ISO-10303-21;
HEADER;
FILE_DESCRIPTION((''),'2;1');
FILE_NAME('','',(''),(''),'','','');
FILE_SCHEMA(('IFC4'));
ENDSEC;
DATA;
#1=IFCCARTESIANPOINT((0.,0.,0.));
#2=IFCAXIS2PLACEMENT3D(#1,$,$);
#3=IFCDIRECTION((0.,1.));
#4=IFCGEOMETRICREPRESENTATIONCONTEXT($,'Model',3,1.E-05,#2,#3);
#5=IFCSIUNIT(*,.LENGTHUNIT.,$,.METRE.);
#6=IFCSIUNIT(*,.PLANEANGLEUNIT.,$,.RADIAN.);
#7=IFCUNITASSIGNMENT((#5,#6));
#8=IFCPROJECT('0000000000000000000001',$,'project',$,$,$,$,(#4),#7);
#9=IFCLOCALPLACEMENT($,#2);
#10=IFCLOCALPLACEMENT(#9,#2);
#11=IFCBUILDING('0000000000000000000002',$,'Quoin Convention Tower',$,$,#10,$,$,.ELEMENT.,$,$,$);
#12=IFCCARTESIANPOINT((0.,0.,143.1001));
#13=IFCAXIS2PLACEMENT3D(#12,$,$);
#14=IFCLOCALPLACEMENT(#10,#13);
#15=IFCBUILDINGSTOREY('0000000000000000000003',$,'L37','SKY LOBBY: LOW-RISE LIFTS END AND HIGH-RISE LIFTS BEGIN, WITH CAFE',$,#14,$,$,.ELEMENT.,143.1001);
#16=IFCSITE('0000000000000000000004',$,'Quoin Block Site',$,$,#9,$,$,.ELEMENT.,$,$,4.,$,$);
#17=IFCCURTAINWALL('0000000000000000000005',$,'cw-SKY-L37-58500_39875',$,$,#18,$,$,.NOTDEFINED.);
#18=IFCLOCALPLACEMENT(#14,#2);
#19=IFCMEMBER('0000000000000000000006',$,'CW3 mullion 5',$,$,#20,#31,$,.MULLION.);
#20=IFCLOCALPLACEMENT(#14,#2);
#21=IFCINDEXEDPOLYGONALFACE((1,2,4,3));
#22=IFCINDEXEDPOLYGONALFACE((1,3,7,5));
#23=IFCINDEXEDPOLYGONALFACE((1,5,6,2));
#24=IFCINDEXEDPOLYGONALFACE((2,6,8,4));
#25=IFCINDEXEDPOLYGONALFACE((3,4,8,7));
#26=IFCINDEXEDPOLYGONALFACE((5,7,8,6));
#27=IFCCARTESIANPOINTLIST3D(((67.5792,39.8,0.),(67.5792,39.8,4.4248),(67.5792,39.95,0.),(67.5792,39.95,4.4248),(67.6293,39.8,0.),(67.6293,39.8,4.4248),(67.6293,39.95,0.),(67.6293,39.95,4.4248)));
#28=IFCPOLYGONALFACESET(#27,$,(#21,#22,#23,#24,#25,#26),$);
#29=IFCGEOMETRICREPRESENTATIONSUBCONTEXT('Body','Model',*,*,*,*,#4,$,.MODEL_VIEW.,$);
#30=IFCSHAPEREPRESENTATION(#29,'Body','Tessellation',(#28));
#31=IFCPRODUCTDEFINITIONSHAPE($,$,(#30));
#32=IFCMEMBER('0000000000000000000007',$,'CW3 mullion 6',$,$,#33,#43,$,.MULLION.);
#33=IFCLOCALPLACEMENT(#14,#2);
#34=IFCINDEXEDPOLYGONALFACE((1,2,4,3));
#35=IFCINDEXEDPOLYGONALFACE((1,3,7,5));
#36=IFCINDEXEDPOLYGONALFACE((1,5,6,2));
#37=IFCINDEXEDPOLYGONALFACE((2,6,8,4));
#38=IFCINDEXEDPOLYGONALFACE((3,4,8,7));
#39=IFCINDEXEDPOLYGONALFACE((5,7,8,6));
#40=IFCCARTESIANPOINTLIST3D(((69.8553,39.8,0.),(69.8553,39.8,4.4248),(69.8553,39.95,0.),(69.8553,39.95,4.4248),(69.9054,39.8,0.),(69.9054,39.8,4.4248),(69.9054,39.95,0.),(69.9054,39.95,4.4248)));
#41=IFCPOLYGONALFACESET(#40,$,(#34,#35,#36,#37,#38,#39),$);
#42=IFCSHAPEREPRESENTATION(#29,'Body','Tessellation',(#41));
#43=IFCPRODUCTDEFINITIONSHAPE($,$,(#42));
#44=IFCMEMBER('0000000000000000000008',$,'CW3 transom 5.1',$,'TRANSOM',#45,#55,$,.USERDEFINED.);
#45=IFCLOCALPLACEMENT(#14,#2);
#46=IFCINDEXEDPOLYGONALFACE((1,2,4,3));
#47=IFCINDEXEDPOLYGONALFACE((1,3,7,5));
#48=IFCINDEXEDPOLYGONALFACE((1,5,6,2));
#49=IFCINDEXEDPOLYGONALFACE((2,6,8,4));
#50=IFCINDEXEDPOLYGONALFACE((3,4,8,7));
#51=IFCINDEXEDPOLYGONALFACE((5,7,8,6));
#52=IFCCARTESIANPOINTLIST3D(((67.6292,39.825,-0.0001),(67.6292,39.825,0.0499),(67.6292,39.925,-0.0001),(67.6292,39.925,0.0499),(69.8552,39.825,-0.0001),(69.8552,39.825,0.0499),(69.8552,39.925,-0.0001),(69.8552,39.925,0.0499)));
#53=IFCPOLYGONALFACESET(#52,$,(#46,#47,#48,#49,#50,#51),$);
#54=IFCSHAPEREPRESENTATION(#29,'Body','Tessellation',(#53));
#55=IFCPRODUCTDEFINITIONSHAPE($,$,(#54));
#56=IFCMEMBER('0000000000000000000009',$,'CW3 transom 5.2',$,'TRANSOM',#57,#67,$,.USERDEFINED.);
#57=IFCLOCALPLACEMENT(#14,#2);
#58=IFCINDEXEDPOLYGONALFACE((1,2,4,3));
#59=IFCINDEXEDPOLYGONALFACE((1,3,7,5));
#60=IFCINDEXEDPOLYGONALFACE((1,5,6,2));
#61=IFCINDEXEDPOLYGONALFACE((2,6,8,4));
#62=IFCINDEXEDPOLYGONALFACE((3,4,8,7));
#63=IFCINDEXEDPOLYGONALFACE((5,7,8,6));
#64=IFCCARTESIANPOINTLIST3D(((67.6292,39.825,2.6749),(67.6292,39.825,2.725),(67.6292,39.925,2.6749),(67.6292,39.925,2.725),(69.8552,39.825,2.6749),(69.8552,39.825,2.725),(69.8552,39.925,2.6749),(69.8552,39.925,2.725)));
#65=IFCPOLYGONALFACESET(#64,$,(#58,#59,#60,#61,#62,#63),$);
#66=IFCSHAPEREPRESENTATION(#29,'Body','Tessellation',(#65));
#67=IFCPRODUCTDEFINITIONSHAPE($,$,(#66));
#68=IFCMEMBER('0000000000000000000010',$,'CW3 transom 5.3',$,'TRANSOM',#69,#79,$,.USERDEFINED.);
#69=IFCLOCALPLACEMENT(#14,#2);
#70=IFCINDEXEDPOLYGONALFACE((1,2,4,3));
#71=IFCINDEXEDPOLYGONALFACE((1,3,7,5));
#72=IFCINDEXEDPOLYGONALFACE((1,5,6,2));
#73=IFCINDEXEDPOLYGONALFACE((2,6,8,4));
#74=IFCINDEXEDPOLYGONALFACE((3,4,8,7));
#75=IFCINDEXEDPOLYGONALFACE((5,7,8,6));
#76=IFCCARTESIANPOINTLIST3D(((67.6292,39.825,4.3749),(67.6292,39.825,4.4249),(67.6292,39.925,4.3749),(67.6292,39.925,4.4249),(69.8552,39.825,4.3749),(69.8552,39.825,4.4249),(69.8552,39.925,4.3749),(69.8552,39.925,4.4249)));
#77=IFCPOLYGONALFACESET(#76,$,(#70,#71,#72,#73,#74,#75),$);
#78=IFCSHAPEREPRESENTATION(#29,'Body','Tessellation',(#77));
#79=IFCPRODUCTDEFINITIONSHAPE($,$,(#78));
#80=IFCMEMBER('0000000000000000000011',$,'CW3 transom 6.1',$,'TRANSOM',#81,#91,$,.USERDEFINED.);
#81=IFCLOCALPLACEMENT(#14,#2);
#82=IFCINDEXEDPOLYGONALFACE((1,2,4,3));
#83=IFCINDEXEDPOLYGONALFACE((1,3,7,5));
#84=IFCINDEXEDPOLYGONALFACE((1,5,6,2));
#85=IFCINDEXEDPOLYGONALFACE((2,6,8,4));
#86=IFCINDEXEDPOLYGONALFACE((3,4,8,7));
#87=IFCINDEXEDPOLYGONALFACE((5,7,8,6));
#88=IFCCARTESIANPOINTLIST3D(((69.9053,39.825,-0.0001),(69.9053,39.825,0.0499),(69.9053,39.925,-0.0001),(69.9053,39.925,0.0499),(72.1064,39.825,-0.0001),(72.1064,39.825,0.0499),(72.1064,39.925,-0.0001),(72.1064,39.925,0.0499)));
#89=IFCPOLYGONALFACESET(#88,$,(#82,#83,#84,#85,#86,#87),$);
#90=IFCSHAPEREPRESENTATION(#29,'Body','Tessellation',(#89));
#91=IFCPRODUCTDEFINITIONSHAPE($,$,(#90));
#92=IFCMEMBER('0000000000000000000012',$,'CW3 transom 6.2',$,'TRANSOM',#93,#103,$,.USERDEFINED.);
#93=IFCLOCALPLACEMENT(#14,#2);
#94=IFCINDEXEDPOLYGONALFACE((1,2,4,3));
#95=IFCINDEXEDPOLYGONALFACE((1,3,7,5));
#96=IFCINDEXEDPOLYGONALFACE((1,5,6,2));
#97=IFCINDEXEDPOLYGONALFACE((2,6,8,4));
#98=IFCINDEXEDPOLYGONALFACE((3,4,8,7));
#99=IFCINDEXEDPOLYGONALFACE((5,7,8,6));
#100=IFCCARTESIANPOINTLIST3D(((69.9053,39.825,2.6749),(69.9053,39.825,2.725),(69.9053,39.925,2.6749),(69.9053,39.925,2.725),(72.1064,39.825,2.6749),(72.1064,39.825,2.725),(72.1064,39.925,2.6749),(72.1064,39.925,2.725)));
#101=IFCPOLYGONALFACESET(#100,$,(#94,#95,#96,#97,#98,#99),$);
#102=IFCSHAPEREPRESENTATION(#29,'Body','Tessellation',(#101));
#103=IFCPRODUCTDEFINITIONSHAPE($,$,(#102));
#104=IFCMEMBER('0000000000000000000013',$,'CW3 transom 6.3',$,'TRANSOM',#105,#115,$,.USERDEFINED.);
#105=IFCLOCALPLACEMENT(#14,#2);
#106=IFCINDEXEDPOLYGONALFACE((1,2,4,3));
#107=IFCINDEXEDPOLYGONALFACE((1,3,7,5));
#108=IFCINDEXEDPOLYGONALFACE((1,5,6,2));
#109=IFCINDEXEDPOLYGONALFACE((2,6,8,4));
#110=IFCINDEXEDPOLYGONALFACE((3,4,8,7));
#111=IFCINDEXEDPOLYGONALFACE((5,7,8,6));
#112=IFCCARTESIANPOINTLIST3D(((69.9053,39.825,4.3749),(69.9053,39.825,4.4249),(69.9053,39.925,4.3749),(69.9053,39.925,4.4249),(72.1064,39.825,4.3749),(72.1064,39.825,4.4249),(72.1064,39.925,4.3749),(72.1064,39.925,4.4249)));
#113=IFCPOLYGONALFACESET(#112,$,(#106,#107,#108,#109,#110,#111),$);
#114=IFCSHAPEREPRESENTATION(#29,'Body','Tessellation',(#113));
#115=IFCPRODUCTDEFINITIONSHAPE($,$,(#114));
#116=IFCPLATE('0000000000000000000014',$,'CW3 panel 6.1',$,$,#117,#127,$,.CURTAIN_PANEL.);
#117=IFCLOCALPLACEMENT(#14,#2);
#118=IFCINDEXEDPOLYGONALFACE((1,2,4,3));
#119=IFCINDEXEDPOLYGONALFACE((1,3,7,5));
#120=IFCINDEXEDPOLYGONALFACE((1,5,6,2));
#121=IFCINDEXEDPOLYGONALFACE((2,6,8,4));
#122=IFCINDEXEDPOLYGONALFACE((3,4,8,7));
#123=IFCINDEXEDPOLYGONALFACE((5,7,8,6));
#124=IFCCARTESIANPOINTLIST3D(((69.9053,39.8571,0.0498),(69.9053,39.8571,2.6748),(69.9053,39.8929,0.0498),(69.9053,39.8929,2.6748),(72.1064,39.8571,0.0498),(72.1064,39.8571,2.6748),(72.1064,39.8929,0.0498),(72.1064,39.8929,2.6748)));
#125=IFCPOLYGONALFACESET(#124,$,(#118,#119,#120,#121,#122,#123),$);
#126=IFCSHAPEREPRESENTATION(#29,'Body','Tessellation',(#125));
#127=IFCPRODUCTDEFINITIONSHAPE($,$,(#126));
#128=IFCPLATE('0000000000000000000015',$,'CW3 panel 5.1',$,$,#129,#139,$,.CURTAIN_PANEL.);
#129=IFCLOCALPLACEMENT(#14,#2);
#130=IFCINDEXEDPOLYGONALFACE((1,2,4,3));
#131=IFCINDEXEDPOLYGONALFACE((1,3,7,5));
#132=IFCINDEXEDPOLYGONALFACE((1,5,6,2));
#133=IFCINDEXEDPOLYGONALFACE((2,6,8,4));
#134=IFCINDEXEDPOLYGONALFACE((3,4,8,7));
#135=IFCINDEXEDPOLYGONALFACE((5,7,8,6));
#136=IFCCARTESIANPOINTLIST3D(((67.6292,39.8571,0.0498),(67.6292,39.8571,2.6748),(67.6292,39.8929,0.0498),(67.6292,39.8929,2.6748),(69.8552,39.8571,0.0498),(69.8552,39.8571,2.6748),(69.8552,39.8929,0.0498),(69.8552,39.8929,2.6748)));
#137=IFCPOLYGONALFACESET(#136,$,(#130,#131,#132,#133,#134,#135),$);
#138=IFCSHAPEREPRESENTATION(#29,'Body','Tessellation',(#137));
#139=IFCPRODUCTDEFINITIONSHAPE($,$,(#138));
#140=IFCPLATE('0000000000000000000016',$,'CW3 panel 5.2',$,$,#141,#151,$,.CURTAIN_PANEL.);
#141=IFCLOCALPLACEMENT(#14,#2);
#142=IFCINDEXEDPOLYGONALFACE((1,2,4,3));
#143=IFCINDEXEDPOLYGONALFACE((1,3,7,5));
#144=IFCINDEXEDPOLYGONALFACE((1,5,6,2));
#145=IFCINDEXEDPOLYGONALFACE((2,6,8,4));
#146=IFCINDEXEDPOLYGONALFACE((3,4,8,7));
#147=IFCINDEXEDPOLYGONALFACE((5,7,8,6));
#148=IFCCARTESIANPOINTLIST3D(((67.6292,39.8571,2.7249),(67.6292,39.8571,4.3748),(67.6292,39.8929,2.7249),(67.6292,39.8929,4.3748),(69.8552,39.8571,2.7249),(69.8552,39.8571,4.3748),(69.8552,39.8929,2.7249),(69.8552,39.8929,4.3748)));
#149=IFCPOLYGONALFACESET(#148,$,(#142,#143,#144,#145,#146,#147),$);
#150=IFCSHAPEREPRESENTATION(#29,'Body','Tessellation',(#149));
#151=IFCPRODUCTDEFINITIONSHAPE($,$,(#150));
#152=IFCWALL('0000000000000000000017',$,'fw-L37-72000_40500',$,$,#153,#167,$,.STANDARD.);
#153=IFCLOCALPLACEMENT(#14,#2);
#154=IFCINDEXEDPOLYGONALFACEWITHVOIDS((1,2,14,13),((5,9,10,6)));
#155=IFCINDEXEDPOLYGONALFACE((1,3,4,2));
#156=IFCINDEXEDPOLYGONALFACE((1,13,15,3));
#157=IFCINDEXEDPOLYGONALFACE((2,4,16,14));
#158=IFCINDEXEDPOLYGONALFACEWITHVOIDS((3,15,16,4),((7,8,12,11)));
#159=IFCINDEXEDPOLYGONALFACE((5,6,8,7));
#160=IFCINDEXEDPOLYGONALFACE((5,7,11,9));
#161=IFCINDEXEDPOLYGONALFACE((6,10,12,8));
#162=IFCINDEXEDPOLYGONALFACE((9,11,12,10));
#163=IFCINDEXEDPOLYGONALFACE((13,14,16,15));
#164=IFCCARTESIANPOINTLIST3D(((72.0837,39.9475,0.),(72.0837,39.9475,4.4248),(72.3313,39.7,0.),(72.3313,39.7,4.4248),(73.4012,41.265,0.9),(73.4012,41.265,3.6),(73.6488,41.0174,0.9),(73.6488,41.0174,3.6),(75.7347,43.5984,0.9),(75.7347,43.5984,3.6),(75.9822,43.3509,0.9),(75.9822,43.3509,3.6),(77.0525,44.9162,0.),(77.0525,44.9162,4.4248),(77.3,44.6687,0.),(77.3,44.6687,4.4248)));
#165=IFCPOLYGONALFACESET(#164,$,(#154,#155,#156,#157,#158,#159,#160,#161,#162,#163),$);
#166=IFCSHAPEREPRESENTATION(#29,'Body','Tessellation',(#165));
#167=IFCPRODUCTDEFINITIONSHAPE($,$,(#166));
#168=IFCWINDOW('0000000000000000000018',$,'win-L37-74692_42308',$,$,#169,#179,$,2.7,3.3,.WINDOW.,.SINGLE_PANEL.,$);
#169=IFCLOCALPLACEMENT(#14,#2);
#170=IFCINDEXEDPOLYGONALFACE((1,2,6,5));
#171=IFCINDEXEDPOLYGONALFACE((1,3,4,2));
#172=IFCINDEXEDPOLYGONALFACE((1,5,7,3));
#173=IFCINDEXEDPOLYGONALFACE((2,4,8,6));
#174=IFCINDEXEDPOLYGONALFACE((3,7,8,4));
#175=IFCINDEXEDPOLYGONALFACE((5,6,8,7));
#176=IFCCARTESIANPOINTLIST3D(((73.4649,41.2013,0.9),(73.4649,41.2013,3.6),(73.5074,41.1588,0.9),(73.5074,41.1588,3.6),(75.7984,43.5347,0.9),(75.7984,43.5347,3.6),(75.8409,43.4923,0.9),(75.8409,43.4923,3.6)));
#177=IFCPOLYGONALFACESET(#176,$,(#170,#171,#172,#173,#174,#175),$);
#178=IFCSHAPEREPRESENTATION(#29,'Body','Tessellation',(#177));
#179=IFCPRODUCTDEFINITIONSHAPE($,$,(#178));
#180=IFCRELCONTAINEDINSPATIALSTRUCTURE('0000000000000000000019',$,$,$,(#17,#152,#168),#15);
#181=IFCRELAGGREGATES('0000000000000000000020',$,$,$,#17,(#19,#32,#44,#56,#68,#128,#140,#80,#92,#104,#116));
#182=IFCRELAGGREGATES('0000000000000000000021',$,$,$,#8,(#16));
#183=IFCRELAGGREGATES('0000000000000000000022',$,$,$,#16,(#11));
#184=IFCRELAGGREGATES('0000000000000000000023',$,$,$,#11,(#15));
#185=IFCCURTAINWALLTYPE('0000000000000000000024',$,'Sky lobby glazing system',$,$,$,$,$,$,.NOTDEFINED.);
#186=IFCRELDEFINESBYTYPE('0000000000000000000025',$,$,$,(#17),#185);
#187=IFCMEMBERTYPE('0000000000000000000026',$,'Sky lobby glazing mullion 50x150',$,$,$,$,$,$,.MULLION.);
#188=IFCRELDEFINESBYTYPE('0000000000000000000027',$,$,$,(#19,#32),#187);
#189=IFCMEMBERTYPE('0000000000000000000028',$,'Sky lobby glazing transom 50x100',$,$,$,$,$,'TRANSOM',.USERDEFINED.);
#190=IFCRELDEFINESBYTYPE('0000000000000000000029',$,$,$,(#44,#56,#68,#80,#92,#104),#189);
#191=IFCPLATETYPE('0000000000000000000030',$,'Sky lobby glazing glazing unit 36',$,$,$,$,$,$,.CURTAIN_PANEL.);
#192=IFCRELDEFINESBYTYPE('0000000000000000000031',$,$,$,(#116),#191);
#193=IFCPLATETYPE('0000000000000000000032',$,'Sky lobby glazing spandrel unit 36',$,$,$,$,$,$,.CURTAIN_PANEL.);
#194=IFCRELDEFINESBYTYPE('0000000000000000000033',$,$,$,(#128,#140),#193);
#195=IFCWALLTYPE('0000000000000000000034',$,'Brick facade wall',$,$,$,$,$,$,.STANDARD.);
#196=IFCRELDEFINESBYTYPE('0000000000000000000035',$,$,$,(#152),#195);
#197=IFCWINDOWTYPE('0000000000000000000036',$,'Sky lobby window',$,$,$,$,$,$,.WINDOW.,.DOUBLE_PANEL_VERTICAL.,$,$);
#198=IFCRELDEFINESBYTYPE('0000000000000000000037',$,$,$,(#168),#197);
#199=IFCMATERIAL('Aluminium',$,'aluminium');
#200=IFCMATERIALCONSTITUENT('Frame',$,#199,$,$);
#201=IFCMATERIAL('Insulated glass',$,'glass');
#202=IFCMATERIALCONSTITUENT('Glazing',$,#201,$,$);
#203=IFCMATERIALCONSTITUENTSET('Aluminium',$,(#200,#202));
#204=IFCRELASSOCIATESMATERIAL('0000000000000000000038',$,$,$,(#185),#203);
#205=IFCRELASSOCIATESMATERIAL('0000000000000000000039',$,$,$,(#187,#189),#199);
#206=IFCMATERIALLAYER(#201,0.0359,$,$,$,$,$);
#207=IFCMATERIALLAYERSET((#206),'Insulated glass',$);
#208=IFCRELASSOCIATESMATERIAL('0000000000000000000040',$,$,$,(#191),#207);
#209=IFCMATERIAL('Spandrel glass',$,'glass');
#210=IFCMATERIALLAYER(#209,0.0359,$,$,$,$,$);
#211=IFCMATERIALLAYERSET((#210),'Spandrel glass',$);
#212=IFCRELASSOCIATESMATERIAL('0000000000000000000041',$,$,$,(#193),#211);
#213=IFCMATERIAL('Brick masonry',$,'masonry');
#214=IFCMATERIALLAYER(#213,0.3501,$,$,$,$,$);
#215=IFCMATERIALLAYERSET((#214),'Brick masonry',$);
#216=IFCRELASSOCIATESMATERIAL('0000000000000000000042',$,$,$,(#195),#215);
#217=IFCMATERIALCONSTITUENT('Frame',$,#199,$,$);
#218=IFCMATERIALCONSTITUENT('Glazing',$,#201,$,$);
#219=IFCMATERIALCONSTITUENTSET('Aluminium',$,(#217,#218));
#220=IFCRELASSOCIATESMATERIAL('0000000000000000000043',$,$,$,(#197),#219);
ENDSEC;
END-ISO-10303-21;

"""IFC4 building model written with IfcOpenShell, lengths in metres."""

from ifc_helpers import new_model, si_unit, direction, frame, frame_2d, origin, origin_2d, place, context, subcontext, project, spatial, rectangle, extrude, material, layer, layer_set, constituent, constituent_set, material_profile, profile_set, type_object, element, fill, aggregate, save


model = new_model("IFC4")

# Units and contexts
model_context = context("Model", 3, precision=1e-05, world=origin(), true_north=direction((0.0, 1.0)))
body_context = subcontext(model_context, "Body", "Model", "MODEL_VIEW")
ifc_project = project(units=[si_unit("LENGTHUNIT", "METRE"), si_unit("PLANEANGLEUNIT", "RADIAN")], contexts=[model_context])

# Site, building, storey
site_placement = place(None, origin())
site = spatial("IfcSite", under=ifc_project, at=site_placement, Name="Quoin Block Site", CompositionType="ELEMENT", RefElevation=4.0)
building_placement = place(site_placement, origin())
building = spatial("IfcBuilding", under=site, at=building_placement, Name="Quoin Convention Tower", CompositionType="ELEMENT")
storey_placement = place(building_placement, frame((0.0, 0.0, 143.1001)))
storey = spatial("IfcBuildingStorey", under=building, at=storey_placement, Name="L37", Description="SKY LOBBY: LOW-RISE LIFTS END AND HIGH-RISE LIFTS BEGIN, WITH CAFE", CompositionType="ELEMENT", Elevation=143.1001)

# Curtain wall, members, plates
ifc_material_1 = material(Name="Aluminium", Category="aluminium")
ifc_constituent_1 = constituent(ifc_material_1, Name="Frame")
ifc_material_2 = material(Name="Insulated glass", Category="glass")
ifc_constituent_2 = constituent(ifc_material_2, Name="Glazing")
ifc_constituent_set_1 = constituent_set(constituents=[ifc_constituent_1, ifc_constituent_2], Name="Aluminium")
curtain_wall_type = type_object("IfcCurtainWallType", Name="Sky lobby glazing system", PredefinedType="NOTDEFINED", material=ifc_constituent_set_1)
curtain_wall_placement = place(storey_placement, origin())
curtain_wall = element("IfcCurtainWall", 1, at=curtain_wall_placement, inside=storey, type_object=curtain_wall_type, Name="cw-SKY-L37-58500_39875", PredefinedType="NOTDEFINED")
ifc_material_profile_1 = material_profile(ifc_material_1, rectangle(XDim=0.1499, YDim=0.05, at=origin_2d()), Name="Sky lobby glazing mullion 50x150")
ifc_profile_set_1 = profile_set([ifc_material_profile_1], Name="Aluminium")
member_type_1 = type_object("IfcMemberType", Name="Sky lobby glazing mullion 50x150", PredefinedType="MULLION", material=ifc_profile_set_1)
member_1_placement = place(storey_placement, frame((67.6042, 39.875, 0.0), z_axis=(0.0, 0.0, 1.0), x_axis=(0.0, 1.0, 0.0)))
member_1 = element("IfcMember", 2, at=member_1_placement, type_object=member_type_1, Name="CW3 mullion 5", PredefinedType="MULLION", context=body_context, shape_type="SweptSolid", body=[
    extrude(rectangle(XDim=0.1499, YDim=0.05, at=origin_2d()), origin(), (0.0, 0.0, 1.0), 4.4248),
])
member_2_placement = place(storey_placement, frame((69.8804, 39.875, 0.0), z_axis=(0.0, 0.0, 1.0), x_axis=(0.0, 1.0, 0.0)))
member_2 = element("IfcMember", 3, at=member_2_placement, type_object=member_type_1, Name="CW3 mullion 6", PredefinedType="MULLION", context=body_context, shape_type="SweptSolid", body=[
    extrude(rectangle(XDim=0.1499, YDim=0.05, at=origin_2d()), origin(), (0.0, 0.0, 1.0), 4.4248),
])
ifc_material_profile_2 = material_profile(ifc_material_1, rectangle(XDim=0.1001, YDim=0.05, at=origin_2d()), Name="Sky lobby glazing transom 50x100")
ifc_profile_set_2 = profile_set([ifc_material_profile_2], Name="Aluminium")
member_type_2 = type_object("IfcMemberType", Name="Sky lobby glazing transom 50x100", ElementType="TRANSOM", PredefinedType="USERDEFINED", material=ifc_profile_set_2)
member_3_placement = place(storey_placement, frame((67.6292, 39.875, 0.0249), z_axis=(1.0, 0.0, 0.0), x_axis=(0.0, 1.0, 0.0)))
member_3 = element("IfcMember", 4, at=member_3_placement, type_object=member_type_2, Name="CW3 transom 5.1", ObjectType="TRANSOM", PredefinedType="USERDEFINED", context=body_context, shape_type="SweptSolid", body=[
    extrude(rectangle(XDim=0.1001, YDim=0.05, at=origin_2d()), origin(), (0.0, 0.0, 1.0), 2.2261),
])
member_4_placement = place(storey_placement, frame((67.6292, 39.875, 2.7), z_axis=(1.0, 0.0, 0.0), x_axis=(0.0, 1.0, 0.0)))
member_4 = element("IfcMember", 5, at=member_4_placement, type_object=member_type_2, Name="CW3 transom 5.2", ObjectType="TRANSOM", PredefinedType="USERDEFINED", context=body_context, shape_type="SweptSolid", body=[
    extrude(rectangle(XDim=0.1001, YDim=0.05, at=origin_2d()), origin(), (0.0, 0.0, 1.0), 2.2261),
])
member_5_placement = place(storey_placement, frame((67.6292, 39.875, 4.3999), z_axis=(1.0, 0.0, 0.0), x_axis=(0.0, 1.0, 0.0)))
member_5 = element("IfcMember", 6, at=member_5_placement, type_object=member_type_2, Name="CW3 transom 5.3", ObjectType="TRANSOM", PredefinedType="USERDEFINED", context=body_context, shape_type="SweptSolid", body=[
    extrude(rectangle(XDim=0.1001, YDim=0.05, at=origin_2d()), origin(), (0.0, 0.0, 1.0), 2.2261),
])
member_6_placement = place(storey_placement, frame((69.9053, 39.875, 0.0249), z_axis=(1.0, 0.0, 0.0), x_axis=(0.0, 1.0, 0.0)))
member_6 = element("IfcMember", 7, at=member_6_placement, type_object=member_type_2, Name="CW3 transom 6.1", ObjectType="TRANSOM", PredefinedType="USERDEFINED", context=body_context, shape_type="SweptSolid", body=[
    extrude(rectangle(XDim=0.1001, YDim=0.05, at=origin_2d()), origin(), (0.0, 0.0, 1.0), 2.2012),
])
member_7_placement = place(storey_placement, frame((69.9053, 39.875, 2.7), z_axis=(1.0, 0.0, 0.0), x_axis=(0.0, 1.0, 0.0)))
member_7 = element("IfcMember", 8, at=member_7_placement, type_object=member_type_2, Name="CW3 transom 6.2", ObjectType="TRANSOM", PredefinedType="USERDEFINED", context=body_context, shape_type="SweptSolid", body=[
    extrude(rectangle(XDim=0.1001, YDim=0.05, at=origin_2d()), origin(), (0.0, 0.0, 1.0), 2.2012),
])
member_8_placement = place(storey_placement, frame((69.9053, 39.875, 4.3999), z_axis=(1.0, 0.0, 0.0), x_axis=(0.0, 1.0, 0.0)))
member_8 = element("IfcMember", 9, at=member_8_placement, type_object=member_type_2, Name="CW3 transom 6.3", ObjectType="TRANSOM", PredefinedType="USERDEFINED", context=body_context, shape_type="SweptSolid", body=[
    extrude(rectangle(XDim=0.1001, YDim=0.05, at=origin_2d()), origin(), (0.0, 0.0, 1.0), 2.2012),
])
ifc_layer_1 = layer(ifc_material_2, 0.0359)
ifc_layer_set_1 = layer_set([ifc_layer_1], Name="Insulated glass")
plate_type_1 = type_object("IfcPlateType", Name="Sky lobby glazing glazing unit 36", PredefinedType="CURTAIN_PANEL", material=ifc_layer_set_1)
plate_1_placement = place(storey_placement, frame((71.0059, 39.875, 0.0498), z_axis=(0.0, 0.0, 1.0), x_axis=(1.0, 0.0, 0.0)))
plate_1 = element("IfcPlate", 10, at=plate_1_placement, type_object=plate_type_1, Name="CW3 panel 6.1", PredefinedType="CURTAIN_PANEL", context=body_context, shape_type="SweptSolid", body=[
    extrude(rectangle(XDim=2.2012, YDim=0.0359, at=origin_2d()), origin(), (0.0, 0.0, 1.0), 2.625),
])
ifc_material_3 = material(Name="Spandrel glass", Category="glass")
ifc_layer_2 = layer(ifc_material_3, 0.0359)
ifc_layer_set_2 = layer_set([ifc_layer_2], Name="Spandrel glass")
plate_type_2 = type_object("IfcPlateType", Name="Sky lobby glazing spandrel unit 36", PredefinedType="CURTAIN_PANEL", material=ifc_layer_set_2)
plate_2_placement = place(storey_placement, frame((68.7422, 39.875, 0.0498), z_axis=(0.0, 0.0, 1.0), x_axis=(1.0, 0.0, 0.0)))
plate_2 = element("IfcPlate", 11, at=plate_2_placement, type_object=plate_type_2, Name="CW3 panel 5.1", PredefinedType="CURTAIN_PANEL", context=body_context, shape_type="SweptSolid", body=[
    extrude(rectangle(XDim=2.2261, YDim=0.0359, at=origin_2d()), origin(), (0.0, 0.0, 1.0), 2.625),
])
plate_3_placement = place(storey_placement, frame((68.7422, 39.875, 2.7249), z_axis=(0.0, 0.0, 1.0), x_axis=(1.0, 0.0, 0.0)))
plate_3 = element("IfcPlate", 12, at=plate_3_placement, type_object=plate_type_2, Name="CW3 panel 5.2", PredefinedType="CURTAIN_PANEL", context=body_context, shape_type="SweptSolid", body=[
    extrude(rectangle(XDim=2.2261, YDim=0.0359, at=origin_2d()), origin(), (0.0, 0.0, 1.0), 1.6499),
])
aggregate(curtain_wall, [member_1, member_2, member_3, member_4, member_5, plate_2, plate_3, member_6, member_7, member_8, plate_1])

# Wall, opening, window
ifc_material_4 = material(Name="Brick masonry", Category="masonry")
ifc_layer_3 = layer(ifc_material_4, 0.3501)
ifc_layer_set_3 = layer_set([ifc_layer_3], Name="Brick masonry")
wall_type = type_object("IfcWallType", Name="Brick facade wall", PredefinedType="STANDARD", material=ifc_layer_set_3)
wall_placement = place(storey_placement, frame((72.2075, 39.8237, 0.0), z_axis=(0.0, 0.0, 1.0), x_axis=(0.707107, 0.707107, 0.0)))
wall = element("IfcWall", 13, at=wall_placement, inside=storey, type_object=wall_type, Name="fw-L37-72000_40500", PredefinedType="STANDARD", context=body_context, shape_type="SweptSolid", body=[
    extrude(rectangle(XDim=7.0269, YDim=0.3501, at=frame_2d((3.5134, 0.0))), origin(), (0.0, 0.0, 1.0), 4.4248),
])
opening_placement = place(wall_placement, frame((1.8633, 0.0, 0.8999)))
opening = element("IfcOpeningElement", 14, at=opening_placement, cuts=wall, PredefinedType="OPENING", context=body_context, shape_type="SweptSolid", body=[
    extrude(rectangle(XDim=3.3, YDim=2.7, at=frame_2d((1.6499, 1.3501))), frame((0.0, 0.1851, 0.0), z_axis=(0.0, -1.0, 0.0), x_axis=(1.0, 0.0, 0.0)), (0.0, 0.0, 1.0), 0.3701),
])
ifc_constituent_3 = constituent(ifc_material_1, Name="Frame")
ifc_constituent_4 = constituent(ifc_material_2, Name="Glazing")
ifc_constituent_set_2 = constituent_set(constituents=[ifc_constituent_3, ifc_constituent_4], Name="Aluminium")
window_type = type_object("IfcWindowType", Name="Sky lobby window", PartitioningType="DOUBLE_PANEL_VERTICAL", PredefinedType="WINDOW", material=ifc_constituent_set_2)
window_placement = place(opening_placement, origin())
window = element("IfcWindow", 15, at=window_placement, inside=storey, type_object=window_type, Name="win-L37-74692_42308", OverallHeight=2.7, OverallWidth=3.3, PartitioningType="SINGLE_PANEL", PredefinedType="WINDOW", context=body_context, shape_type="SweptSolid", body=[
    extrude(rectangle(XDim=3.3, YDim=2.7, at=frame_2d((1.6499, 1.3501))), frame((0.0, 0.085, 0.0), z_axis=(0.0, -1.0, 0.0), x_axis=(1.0, 0.0, 0.0)), (0.0, 0.0, 1.0), 0.0601),
])
fill(opening, window)

save(model, "model.ifc")
